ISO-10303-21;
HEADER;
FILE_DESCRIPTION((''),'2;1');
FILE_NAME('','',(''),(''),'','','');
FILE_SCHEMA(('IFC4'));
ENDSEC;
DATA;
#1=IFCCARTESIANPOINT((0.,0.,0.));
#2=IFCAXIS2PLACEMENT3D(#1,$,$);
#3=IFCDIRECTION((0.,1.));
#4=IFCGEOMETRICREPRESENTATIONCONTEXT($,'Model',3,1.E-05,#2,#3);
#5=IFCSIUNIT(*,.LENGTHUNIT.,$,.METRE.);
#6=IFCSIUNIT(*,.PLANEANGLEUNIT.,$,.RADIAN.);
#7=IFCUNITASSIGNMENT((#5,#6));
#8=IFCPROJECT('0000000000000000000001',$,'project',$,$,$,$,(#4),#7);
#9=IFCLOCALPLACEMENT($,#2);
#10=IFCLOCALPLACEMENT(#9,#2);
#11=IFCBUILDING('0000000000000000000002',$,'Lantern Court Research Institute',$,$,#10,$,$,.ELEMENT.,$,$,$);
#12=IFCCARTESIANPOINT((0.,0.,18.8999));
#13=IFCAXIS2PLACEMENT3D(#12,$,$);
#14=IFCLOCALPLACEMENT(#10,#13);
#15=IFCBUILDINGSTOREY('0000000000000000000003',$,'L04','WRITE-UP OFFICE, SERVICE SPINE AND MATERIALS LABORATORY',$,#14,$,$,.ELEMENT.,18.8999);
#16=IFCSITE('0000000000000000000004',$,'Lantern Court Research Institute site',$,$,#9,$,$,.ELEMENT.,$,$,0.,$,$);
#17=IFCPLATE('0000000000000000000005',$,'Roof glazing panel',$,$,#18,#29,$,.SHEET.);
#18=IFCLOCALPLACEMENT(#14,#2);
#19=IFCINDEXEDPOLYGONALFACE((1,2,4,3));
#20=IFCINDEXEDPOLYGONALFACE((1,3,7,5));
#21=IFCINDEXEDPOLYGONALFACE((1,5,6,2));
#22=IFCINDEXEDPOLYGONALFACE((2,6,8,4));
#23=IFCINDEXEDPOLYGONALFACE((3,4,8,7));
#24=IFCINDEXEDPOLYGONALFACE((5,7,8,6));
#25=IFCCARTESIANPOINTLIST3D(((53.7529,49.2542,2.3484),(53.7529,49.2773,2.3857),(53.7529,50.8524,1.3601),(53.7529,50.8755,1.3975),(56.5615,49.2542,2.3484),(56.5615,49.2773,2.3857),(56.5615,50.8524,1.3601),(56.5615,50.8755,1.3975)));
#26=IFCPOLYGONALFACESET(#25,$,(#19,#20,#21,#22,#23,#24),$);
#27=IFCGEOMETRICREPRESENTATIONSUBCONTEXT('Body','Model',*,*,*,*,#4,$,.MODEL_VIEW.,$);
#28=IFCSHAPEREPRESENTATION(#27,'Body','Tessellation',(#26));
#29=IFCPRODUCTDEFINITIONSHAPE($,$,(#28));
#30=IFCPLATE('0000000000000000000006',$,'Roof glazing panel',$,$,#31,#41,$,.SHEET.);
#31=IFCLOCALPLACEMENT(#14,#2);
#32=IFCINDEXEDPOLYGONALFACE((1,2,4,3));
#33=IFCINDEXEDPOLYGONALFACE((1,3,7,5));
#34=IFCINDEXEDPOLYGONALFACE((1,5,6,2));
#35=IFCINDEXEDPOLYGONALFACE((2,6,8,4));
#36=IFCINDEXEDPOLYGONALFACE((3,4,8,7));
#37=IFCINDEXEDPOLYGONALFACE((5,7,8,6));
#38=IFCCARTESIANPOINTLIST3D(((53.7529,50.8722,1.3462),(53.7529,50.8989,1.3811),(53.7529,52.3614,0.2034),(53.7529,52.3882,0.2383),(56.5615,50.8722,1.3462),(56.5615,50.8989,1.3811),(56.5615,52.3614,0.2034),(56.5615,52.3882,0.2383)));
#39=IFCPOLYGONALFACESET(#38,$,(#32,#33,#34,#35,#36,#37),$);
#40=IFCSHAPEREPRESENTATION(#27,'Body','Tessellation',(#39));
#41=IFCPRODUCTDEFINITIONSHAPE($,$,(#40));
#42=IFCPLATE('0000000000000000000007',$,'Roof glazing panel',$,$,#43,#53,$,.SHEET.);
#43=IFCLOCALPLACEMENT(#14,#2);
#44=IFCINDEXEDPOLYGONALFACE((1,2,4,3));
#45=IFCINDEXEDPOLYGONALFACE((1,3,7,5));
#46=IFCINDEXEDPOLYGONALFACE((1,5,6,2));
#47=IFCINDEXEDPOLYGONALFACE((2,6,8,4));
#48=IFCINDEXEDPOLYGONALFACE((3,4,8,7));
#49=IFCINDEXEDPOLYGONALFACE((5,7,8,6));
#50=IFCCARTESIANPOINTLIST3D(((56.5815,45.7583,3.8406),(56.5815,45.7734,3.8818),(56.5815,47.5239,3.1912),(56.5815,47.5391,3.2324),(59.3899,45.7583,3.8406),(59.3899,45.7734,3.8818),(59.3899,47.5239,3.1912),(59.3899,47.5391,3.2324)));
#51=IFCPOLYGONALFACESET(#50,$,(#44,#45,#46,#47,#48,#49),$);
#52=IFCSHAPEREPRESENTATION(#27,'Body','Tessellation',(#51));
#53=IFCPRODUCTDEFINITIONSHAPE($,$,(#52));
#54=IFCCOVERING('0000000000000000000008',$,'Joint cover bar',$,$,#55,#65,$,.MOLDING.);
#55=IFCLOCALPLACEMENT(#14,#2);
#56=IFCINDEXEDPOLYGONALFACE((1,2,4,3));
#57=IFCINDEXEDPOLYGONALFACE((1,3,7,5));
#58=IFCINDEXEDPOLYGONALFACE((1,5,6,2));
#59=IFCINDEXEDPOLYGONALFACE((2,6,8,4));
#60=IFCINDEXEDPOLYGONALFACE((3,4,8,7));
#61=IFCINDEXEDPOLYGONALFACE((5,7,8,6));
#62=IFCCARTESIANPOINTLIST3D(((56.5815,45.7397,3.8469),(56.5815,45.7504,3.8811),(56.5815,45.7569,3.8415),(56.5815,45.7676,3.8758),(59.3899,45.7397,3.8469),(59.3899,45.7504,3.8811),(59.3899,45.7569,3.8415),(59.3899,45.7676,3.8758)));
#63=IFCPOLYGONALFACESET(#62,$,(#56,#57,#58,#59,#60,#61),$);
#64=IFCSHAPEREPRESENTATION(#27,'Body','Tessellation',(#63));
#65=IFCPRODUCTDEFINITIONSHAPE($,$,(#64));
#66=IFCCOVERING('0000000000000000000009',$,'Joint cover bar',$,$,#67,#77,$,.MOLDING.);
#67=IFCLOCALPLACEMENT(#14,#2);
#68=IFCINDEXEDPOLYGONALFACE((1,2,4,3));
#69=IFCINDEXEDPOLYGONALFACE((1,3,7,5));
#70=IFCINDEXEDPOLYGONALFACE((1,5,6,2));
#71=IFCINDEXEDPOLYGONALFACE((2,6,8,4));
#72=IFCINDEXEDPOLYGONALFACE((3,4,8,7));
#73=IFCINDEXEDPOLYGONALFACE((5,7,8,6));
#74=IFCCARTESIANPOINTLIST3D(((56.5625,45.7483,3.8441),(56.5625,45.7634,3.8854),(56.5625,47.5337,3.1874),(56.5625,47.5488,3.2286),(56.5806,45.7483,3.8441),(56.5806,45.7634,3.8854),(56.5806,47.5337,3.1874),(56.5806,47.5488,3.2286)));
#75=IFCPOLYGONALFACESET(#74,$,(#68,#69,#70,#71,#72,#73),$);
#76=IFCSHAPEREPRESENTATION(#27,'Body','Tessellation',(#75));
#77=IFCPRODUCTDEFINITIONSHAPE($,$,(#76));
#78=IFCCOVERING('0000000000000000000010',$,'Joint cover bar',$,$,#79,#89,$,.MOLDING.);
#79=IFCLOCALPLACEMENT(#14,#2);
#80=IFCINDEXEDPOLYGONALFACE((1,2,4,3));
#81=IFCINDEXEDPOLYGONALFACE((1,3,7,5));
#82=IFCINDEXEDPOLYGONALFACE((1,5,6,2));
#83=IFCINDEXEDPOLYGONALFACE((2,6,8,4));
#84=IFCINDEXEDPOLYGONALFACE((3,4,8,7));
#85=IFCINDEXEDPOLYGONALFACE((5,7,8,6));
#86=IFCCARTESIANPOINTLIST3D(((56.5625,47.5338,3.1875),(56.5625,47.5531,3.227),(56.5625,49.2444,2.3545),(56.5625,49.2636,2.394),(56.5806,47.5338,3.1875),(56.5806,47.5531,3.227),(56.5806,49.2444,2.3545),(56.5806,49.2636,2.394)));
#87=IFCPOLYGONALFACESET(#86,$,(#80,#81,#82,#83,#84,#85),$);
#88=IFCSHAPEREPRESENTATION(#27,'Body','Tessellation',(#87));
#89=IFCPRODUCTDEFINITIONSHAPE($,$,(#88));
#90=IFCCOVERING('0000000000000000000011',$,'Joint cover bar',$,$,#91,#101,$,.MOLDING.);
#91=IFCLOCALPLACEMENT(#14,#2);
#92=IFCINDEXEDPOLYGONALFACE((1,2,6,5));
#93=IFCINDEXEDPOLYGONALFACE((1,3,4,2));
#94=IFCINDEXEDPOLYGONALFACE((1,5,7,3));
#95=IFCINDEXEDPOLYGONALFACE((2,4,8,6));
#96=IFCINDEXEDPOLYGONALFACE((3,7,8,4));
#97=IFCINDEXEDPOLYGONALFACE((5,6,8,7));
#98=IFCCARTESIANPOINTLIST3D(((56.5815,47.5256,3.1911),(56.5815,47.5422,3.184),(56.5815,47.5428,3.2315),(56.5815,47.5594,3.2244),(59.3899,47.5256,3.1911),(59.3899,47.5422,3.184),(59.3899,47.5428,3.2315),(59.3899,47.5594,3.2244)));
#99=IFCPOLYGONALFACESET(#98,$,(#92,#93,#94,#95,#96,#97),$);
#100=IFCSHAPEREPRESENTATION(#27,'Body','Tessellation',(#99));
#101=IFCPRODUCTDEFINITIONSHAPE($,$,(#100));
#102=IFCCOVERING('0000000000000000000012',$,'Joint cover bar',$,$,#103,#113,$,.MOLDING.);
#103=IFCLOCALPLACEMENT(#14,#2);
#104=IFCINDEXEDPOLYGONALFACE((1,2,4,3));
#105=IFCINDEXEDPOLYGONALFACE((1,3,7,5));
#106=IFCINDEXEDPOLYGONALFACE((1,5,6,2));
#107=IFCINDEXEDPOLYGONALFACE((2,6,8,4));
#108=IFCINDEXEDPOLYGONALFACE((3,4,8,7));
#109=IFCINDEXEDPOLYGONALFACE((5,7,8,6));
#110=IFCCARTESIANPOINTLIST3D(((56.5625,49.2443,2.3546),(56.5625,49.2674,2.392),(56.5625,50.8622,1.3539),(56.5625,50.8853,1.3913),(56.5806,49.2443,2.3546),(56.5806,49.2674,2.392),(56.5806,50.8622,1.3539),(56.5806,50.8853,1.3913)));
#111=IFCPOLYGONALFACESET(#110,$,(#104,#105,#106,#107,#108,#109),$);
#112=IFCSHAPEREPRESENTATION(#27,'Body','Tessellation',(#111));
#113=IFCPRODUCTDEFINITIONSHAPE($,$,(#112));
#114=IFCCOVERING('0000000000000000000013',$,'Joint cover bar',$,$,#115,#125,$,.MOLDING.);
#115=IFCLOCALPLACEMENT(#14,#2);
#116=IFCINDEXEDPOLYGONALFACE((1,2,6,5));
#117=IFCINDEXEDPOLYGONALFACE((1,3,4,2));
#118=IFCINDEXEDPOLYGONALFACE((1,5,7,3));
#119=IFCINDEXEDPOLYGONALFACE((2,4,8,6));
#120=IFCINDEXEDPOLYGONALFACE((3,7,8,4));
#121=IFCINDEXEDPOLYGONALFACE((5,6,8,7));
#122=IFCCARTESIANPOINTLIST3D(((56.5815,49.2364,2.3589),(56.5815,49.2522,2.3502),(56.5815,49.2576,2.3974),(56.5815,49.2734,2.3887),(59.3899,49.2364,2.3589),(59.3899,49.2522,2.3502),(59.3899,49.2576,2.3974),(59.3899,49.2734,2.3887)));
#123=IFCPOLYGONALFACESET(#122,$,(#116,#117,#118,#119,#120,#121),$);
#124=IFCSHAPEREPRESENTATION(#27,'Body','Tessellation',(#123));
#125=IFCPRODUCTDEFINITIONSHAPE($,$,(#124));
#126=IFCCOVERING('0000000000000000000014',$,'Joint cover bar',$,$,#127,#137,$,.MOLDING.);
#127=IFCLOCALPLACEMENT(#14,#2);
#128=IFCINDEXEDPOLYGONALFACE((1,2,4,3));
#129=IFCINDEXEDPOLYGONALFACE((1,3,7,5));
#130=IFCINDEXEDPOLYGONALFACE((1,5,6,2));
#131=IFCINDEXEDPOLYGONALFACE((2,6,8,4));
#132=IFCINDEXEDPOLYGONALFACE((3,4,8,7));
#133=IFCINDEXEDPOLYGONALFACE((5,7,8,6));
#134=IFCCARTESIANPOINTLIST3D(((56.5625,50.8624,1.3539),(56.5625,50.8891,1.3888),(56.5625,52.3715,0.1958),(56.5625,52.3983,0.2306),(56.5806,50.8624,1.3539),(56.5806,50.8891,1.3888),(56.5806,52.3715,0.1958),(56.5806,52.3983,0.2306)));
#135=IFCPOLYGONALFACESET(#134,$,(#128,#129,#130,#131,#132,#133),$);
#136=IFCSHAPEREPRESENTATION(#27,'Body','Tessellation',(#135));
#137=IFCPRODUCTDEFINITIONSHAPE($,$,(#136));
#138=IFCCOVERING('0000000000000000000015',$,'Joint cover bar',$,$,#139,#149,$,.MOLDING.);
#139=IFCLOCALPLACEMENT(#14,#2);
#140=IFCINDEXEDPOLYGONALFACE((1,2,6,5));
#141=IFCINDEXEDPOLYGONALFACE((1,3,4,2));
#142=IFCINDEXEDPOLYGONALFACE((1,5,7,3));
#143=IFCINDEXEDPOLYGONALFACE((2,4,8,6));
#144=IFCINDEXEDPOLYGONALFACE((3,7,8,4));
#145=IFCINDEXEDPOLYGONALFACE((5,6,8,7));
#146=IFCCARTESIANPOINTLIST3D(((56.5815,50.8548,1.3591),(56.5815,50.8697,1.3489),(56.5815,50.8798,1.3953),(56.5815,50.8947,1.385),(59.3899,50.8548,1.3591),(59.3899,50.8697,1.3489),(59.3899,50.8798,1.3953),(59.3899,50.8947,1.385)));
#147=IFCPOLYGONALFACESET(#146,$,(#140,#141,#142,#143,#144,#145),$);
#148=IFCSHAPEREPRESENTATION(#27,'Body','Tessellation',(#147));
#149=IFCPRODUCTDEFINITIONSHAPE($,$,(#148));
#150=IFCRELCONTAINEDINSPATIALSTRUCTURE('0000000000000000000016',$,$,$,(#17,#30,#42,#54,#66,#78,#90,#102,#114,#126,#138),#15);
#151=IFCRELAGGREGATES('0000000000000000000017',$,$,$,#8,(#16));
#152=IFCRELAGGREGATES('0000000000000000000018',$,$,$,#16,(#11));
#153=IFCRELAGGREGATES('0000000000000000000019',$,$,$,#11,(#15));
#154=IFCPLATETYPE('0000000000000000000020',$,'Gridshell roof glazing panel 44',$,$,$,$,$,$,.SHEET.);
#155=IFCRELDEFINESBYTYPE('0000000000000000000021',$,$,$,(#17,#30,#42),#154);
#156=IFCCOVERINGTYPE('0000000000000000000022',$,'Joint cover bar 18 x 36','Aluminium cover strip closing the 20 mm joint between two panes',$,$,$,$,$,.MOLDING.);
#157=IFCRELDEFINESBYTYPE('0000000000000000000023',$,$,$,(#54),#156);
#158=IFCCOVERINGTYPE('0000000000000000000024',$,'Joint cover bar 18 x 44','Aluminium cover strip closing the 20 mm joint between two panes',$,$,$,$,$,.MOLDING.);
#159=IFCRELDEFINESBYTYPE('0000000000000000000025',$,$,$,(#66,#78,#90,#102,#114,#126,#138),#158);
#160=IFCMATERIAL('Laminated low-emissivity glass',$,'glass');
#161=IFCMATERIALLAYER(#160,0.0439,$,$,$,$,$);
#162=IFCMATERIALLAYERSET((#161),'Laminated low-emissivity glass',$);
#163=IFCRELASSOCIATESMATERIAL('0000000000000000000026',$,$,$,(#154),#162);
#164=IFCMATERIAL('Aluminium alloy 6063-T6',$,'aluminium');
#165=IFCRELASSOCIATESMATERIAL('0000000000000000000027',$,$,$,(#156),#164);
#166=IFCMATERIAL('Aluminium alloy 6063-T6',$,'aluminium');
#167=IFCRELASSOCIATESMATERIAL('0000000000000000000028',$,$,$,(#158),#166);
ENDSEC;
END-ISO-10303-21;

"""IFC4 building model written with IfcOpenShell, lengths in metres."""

from ifc_helpers import new_model, si_unit, direction, frame, origin, origin_2d, place, context, subcontext, project, spatial, polyline, rectangle, outline, extrude, material, layer, layer_set, material_profile, profile_set, type_object, element, save


model = new_model("IFC4")

# Units and contexts
model_context = context("Model", 3, precision=1e-05, world=origin(), true_north=direction((0.0, 1.0)))
body_context = subcontext(model_context, "Body", "Model", "MODEL_VIEW")
ifc_project = project(units=[si_unit("LENGTHUNIT", "METRE"), si_unit("PLANEANGLEUNIT", "RADIAN")], contexts=[model_context])

# Site, building, storey
site_placement = place(None, origin())
site = spatial("IfcSite", under=ifc_project, at=site_placement, Name="Lantern Court Research Institute site", CompositionType="ELEMENT", RefElevation=0.0)
building_placement = place(site_placement, origin())
building = spatial("IfcBuilding", under=site, at=building_placement, Name="Lantern Court Research Institute", CompositionType="ELEMENT")
storey_placement = place(building_placement, frame((0.0, 0.0, 18.8999)))
storey = spatial("IfcBuildingStorey", under=building, at=storey_placement, Name="L04", Description="WRITE-UP OFFICE, SERVICE SPINE AND MATERIALS LABORATORY", CompositionType="ELEMENT", Elevation=18.8999)

# Plates
ifc_material_1 = material(Name="Laminated low-emissivity glass", Category="glass")
ifc_layer = layer(ifc_material_1, 0.0439)
ifc_layer_set = layer_set([ifc_layer], Name="Laminated low-emissivity glass")
plate_type = type_object("IfcPlateType", Name="Gridshell roof glazing panel 44", PredefinedType="SHEET", material=ifc_layer_set)
plate_1_placement = place(storey_placement, frame((56.5615, 49.2773, 2.3857), z_axis=(0.0, 0.525952, 0.850514), x_axis=(-1.0, 0.0, 0.0)))
element("IfcPlate", 1, at=plate_1_placement, inside=storey, type_object=plate_type, Name="Roof glazing panel", PredefinedType="SHEET", context=body_context, shape_type="SweptSolid", body=[
    extrude(outline(polyline([(0.0, 0.0), (2.8086, 0.0), (2.8086, -1.879), (0.0, -1.879), (0.0, 0.0)])), origin(), (0.0, 0.0, -1.0), 0.0439),
])
plate_2_placement = place(storey_placement, frame((56.5615, 50.8989, 1.3811), z_axis=(0.0, 0.608786, 0.793334), x_axis=(-1.0, 0.0, 0.0)))
element("IfcPlate", 2, at=plate_2_placement, inside=storey, type_object=plate_type, Name="Roof glazing panel", PredefinedType="SHEET", context=body_context, shape_type="SweptSolid", body=[
    extrude(outline(polyline([(0.0, 0.0), (2.8086, 0.0), (2.8086, -1.8772), (0.0, -1.8772), (0.0, 0.0)])), origin(), (0.0, 0.0, -1.0), 0.0439),
])
plate_3_placement = place(storey_placement, frame((59.3899, 45.7734, 3.8818), z_axis=(0.0, 0.3452, 0.938529), x_axis=(-1.0, 0.0, 0.0)))
element("IfcPlate", 3, at=plate_3_placement, inside=storey, type_object=plate_type, Name="Roof glazing panel", PredefinedType="SHEET", context=body_context, shape_type="SweptSolid", body=[
    extrude(outline(polyline([(0.0, 0.0), (2.8083, 0.0), (2.8083, -1.8813), (0.0, -1.8813), (0.0, 0.0)])), origin(), (0.0, 0.0, -1.0), 0.0439),
])

# Coverings
ifc_material_2 = material(Name="Aluminium alloy 6063-T6", Category="aluminium")
ifc_material_profile_1 = material_profile(ifc_material_2, rectangle(XDim=0.0181, YDim=0.0359, at=origin_2d()), Name="Joint cover bar 18 x 36")
ifc_profile_set_1 = profile_set([ifc_material_profile_1], Name="Aluminium alloy 6063-T6")
covering_type_1 = type_object("IfcCoveringType", Name="Joint cover bar 18 x 36", Description="Aluminium cover strip closing the 20 mm joint between two panes", PredefinedType="MOLDING", material=ifc_profile_set_1)
covering_1_placement = place(storey_placement, frame((56.5815, 45.7537, 3.8613), z_axis=(1.0, 0.0, 0.0), x_axis=(0.0, 0.954713, -0.297528)))
element("IfcCovering", 4, at=covering_1_placement, inside=storey, type_object=covering_type_1, Name="Joint cover bar", PredefinedType="MOLDING", context=body_context, shape_type="SweptSolid", body=[
    extrude(rectangle(XDim=0.0181, YDim=0.0359, at=origin_2d()), origin(), (0.0, 0.0, 1.0), 2.8083),
])
ifc_material_3 = material(Name="Aluminium alloy 6063-T6", Category="aluminium")
ifc_material_profile_2 = material_profile(ifc_material_3, rectangle(XDim=0.0181, YDim=0.0439, at=origin_2d()), Name="Joint cover bar 18 x 44")
ifc_profile_set_2 = profile_set([ifc_material_profile_2], Name="Aluminium alloy 6063-T6")
covering_type_2 = type_object("IfcCoveringType", Name="Joint cover bar 18 x 44", Description="Aluminium cover strip closing the 20 mm joint between two panes", PredefinedType="MOLDING", material=ifc_profile_set_2)
covering_2_placement = place(storey_placement, frame((56.5715, 45.7559, 3.8647), z_axis=(0.0, 0.93852, -0.345224), x_axis=(-1.0, 0.0, 0.0)))
element("IfcCovering", 5, at=covering_2_placement, inside=storey, type_object=covering_type_2, Name="Joint cover bar", PredefinedType="MOLDING", context=body_context, shape_type="SweptSolid", body=[
    extrude(rectangle(XDim=0.0181, YDim=0.0439, at=origin_2d()), origin(), (0.0, 0.0, 1.0), 1.9023),
])
covering_3_placement = place(storey_placement, frame((56.5715, 47.5435, 3.2073), z_axis=(0.0, 0.899049, -0.437847), x_axis=(-1.0, 0.0, 0.0)))
element("IfcCovering", 6, at=covering_3_placement, inside=storey, type_object=covering_type_2, Name="Joint cover bar", PredefinedType="MOLDING", context=body_context, shape_type="SweptSolid", body=[
    extrude(rectangle(XDim=0.0181, YDim=0.0439, at=origin_2d()), origin(), (0.0, 0.0, 1.0), 1.9026),
])
covering_4_placement = place(storey_placement, frame((56.5815, 47.5425, 3.2078), z_axis=(1.0, 0.0, 0.0), x_axis=(0.0, 0.919966, -0.391999)))
element("IfcCovering", 7, at=covering_4_placement, inside=storey, type_object=covering_type_2, Name="Joint cover bar", PredefinedType="MOLDING", context=body_context, shape_type="SweptSolid", body=[
    extrude(rectangle(XDim=0.0181, YDim=0.0439, at=origin_2d()), origin(), (0.0, 0.0, 1.0), 2.8083),
])
covering_5_placement = place(storey_placement, frame((56.5715, 49.2559, 2.3733), z_axis=(0.0, 0.850462, -0.526036), x_axis=(-1.0, 0.0, 0.0)))
element("IfcCovering", 8, at=covering_5_placement, inside=storey, type_object=covering_type_2, Name="Joint cover bar", PredefinedType="MOLDING", context=body_context, shape_type="SweptSolid", body=[
    extrude(rectangle(XDim=0.0181, YDim=0.0439, at=origin_2d()), origin(), (0.0, 0.0, 1.0), 1.9023),
])
covering_6_placement = place(storey_placement, frame((56.5815, 49.2549, 2.3738), z_axis=(1.0, 0.0, 0.0), x_axis=(0.0, 0.875897, -0.482497)))
element("IfcCovering", 9, at=covering_6_placement, inside=storey, type_object=covering_type_2, Name="Joint cover bar", PredefinedType="MOLDING", context=body_context, shape_type="SweptSolid", body=[
    extrude(rectangle(XDim=0.0181, YDim=0.0439, at=origin_2d()), origin(), (0.0, 0.0, 1.0), 2.8083),
])
covering_7_placement = place(storey_placement, frame((56.5715, 50.8757, 1.3713), z_axis=(0.0, 0.79333, -0.608792), x_axis=(-1.0, 0.0, 0.0)))
element("IfcCovering", 10, at=covering_7_placement, inside=storey, type_object=covering_type_2, Name="Joint cover bar", PredefinedType="MOLDING", context=body_context, shape_type="SweptSolid", body=[
    extrude(rectangle(XDim=0.0181, YDim=0.0439, at=origin_2d()), origin(), (0.0, 0.0, 1.0), 1.9023),
])
covering_8_placement = place(storey_placement, frame((56.5815, 50.8748, 1.3721), z_axis=(1.0, 0.0, 0.0), x_axis=(0.0, 0.822954, -0.568108)))
element("IfcCovering", 11, at=covering_8_placement, inside=storey, type_object=covering_type_2, Name="Joint cover bar", PredefinedType="MOLDING", context=body_context, shape_type="SweptSolid", body=[
    extrude(rectangle(XDim=0.0181, YDim=0.0439, at=origin_2d()), origin(), (0.0, 0.0, 1.0), 2.8083),
])

save(model, "model.ifc")
